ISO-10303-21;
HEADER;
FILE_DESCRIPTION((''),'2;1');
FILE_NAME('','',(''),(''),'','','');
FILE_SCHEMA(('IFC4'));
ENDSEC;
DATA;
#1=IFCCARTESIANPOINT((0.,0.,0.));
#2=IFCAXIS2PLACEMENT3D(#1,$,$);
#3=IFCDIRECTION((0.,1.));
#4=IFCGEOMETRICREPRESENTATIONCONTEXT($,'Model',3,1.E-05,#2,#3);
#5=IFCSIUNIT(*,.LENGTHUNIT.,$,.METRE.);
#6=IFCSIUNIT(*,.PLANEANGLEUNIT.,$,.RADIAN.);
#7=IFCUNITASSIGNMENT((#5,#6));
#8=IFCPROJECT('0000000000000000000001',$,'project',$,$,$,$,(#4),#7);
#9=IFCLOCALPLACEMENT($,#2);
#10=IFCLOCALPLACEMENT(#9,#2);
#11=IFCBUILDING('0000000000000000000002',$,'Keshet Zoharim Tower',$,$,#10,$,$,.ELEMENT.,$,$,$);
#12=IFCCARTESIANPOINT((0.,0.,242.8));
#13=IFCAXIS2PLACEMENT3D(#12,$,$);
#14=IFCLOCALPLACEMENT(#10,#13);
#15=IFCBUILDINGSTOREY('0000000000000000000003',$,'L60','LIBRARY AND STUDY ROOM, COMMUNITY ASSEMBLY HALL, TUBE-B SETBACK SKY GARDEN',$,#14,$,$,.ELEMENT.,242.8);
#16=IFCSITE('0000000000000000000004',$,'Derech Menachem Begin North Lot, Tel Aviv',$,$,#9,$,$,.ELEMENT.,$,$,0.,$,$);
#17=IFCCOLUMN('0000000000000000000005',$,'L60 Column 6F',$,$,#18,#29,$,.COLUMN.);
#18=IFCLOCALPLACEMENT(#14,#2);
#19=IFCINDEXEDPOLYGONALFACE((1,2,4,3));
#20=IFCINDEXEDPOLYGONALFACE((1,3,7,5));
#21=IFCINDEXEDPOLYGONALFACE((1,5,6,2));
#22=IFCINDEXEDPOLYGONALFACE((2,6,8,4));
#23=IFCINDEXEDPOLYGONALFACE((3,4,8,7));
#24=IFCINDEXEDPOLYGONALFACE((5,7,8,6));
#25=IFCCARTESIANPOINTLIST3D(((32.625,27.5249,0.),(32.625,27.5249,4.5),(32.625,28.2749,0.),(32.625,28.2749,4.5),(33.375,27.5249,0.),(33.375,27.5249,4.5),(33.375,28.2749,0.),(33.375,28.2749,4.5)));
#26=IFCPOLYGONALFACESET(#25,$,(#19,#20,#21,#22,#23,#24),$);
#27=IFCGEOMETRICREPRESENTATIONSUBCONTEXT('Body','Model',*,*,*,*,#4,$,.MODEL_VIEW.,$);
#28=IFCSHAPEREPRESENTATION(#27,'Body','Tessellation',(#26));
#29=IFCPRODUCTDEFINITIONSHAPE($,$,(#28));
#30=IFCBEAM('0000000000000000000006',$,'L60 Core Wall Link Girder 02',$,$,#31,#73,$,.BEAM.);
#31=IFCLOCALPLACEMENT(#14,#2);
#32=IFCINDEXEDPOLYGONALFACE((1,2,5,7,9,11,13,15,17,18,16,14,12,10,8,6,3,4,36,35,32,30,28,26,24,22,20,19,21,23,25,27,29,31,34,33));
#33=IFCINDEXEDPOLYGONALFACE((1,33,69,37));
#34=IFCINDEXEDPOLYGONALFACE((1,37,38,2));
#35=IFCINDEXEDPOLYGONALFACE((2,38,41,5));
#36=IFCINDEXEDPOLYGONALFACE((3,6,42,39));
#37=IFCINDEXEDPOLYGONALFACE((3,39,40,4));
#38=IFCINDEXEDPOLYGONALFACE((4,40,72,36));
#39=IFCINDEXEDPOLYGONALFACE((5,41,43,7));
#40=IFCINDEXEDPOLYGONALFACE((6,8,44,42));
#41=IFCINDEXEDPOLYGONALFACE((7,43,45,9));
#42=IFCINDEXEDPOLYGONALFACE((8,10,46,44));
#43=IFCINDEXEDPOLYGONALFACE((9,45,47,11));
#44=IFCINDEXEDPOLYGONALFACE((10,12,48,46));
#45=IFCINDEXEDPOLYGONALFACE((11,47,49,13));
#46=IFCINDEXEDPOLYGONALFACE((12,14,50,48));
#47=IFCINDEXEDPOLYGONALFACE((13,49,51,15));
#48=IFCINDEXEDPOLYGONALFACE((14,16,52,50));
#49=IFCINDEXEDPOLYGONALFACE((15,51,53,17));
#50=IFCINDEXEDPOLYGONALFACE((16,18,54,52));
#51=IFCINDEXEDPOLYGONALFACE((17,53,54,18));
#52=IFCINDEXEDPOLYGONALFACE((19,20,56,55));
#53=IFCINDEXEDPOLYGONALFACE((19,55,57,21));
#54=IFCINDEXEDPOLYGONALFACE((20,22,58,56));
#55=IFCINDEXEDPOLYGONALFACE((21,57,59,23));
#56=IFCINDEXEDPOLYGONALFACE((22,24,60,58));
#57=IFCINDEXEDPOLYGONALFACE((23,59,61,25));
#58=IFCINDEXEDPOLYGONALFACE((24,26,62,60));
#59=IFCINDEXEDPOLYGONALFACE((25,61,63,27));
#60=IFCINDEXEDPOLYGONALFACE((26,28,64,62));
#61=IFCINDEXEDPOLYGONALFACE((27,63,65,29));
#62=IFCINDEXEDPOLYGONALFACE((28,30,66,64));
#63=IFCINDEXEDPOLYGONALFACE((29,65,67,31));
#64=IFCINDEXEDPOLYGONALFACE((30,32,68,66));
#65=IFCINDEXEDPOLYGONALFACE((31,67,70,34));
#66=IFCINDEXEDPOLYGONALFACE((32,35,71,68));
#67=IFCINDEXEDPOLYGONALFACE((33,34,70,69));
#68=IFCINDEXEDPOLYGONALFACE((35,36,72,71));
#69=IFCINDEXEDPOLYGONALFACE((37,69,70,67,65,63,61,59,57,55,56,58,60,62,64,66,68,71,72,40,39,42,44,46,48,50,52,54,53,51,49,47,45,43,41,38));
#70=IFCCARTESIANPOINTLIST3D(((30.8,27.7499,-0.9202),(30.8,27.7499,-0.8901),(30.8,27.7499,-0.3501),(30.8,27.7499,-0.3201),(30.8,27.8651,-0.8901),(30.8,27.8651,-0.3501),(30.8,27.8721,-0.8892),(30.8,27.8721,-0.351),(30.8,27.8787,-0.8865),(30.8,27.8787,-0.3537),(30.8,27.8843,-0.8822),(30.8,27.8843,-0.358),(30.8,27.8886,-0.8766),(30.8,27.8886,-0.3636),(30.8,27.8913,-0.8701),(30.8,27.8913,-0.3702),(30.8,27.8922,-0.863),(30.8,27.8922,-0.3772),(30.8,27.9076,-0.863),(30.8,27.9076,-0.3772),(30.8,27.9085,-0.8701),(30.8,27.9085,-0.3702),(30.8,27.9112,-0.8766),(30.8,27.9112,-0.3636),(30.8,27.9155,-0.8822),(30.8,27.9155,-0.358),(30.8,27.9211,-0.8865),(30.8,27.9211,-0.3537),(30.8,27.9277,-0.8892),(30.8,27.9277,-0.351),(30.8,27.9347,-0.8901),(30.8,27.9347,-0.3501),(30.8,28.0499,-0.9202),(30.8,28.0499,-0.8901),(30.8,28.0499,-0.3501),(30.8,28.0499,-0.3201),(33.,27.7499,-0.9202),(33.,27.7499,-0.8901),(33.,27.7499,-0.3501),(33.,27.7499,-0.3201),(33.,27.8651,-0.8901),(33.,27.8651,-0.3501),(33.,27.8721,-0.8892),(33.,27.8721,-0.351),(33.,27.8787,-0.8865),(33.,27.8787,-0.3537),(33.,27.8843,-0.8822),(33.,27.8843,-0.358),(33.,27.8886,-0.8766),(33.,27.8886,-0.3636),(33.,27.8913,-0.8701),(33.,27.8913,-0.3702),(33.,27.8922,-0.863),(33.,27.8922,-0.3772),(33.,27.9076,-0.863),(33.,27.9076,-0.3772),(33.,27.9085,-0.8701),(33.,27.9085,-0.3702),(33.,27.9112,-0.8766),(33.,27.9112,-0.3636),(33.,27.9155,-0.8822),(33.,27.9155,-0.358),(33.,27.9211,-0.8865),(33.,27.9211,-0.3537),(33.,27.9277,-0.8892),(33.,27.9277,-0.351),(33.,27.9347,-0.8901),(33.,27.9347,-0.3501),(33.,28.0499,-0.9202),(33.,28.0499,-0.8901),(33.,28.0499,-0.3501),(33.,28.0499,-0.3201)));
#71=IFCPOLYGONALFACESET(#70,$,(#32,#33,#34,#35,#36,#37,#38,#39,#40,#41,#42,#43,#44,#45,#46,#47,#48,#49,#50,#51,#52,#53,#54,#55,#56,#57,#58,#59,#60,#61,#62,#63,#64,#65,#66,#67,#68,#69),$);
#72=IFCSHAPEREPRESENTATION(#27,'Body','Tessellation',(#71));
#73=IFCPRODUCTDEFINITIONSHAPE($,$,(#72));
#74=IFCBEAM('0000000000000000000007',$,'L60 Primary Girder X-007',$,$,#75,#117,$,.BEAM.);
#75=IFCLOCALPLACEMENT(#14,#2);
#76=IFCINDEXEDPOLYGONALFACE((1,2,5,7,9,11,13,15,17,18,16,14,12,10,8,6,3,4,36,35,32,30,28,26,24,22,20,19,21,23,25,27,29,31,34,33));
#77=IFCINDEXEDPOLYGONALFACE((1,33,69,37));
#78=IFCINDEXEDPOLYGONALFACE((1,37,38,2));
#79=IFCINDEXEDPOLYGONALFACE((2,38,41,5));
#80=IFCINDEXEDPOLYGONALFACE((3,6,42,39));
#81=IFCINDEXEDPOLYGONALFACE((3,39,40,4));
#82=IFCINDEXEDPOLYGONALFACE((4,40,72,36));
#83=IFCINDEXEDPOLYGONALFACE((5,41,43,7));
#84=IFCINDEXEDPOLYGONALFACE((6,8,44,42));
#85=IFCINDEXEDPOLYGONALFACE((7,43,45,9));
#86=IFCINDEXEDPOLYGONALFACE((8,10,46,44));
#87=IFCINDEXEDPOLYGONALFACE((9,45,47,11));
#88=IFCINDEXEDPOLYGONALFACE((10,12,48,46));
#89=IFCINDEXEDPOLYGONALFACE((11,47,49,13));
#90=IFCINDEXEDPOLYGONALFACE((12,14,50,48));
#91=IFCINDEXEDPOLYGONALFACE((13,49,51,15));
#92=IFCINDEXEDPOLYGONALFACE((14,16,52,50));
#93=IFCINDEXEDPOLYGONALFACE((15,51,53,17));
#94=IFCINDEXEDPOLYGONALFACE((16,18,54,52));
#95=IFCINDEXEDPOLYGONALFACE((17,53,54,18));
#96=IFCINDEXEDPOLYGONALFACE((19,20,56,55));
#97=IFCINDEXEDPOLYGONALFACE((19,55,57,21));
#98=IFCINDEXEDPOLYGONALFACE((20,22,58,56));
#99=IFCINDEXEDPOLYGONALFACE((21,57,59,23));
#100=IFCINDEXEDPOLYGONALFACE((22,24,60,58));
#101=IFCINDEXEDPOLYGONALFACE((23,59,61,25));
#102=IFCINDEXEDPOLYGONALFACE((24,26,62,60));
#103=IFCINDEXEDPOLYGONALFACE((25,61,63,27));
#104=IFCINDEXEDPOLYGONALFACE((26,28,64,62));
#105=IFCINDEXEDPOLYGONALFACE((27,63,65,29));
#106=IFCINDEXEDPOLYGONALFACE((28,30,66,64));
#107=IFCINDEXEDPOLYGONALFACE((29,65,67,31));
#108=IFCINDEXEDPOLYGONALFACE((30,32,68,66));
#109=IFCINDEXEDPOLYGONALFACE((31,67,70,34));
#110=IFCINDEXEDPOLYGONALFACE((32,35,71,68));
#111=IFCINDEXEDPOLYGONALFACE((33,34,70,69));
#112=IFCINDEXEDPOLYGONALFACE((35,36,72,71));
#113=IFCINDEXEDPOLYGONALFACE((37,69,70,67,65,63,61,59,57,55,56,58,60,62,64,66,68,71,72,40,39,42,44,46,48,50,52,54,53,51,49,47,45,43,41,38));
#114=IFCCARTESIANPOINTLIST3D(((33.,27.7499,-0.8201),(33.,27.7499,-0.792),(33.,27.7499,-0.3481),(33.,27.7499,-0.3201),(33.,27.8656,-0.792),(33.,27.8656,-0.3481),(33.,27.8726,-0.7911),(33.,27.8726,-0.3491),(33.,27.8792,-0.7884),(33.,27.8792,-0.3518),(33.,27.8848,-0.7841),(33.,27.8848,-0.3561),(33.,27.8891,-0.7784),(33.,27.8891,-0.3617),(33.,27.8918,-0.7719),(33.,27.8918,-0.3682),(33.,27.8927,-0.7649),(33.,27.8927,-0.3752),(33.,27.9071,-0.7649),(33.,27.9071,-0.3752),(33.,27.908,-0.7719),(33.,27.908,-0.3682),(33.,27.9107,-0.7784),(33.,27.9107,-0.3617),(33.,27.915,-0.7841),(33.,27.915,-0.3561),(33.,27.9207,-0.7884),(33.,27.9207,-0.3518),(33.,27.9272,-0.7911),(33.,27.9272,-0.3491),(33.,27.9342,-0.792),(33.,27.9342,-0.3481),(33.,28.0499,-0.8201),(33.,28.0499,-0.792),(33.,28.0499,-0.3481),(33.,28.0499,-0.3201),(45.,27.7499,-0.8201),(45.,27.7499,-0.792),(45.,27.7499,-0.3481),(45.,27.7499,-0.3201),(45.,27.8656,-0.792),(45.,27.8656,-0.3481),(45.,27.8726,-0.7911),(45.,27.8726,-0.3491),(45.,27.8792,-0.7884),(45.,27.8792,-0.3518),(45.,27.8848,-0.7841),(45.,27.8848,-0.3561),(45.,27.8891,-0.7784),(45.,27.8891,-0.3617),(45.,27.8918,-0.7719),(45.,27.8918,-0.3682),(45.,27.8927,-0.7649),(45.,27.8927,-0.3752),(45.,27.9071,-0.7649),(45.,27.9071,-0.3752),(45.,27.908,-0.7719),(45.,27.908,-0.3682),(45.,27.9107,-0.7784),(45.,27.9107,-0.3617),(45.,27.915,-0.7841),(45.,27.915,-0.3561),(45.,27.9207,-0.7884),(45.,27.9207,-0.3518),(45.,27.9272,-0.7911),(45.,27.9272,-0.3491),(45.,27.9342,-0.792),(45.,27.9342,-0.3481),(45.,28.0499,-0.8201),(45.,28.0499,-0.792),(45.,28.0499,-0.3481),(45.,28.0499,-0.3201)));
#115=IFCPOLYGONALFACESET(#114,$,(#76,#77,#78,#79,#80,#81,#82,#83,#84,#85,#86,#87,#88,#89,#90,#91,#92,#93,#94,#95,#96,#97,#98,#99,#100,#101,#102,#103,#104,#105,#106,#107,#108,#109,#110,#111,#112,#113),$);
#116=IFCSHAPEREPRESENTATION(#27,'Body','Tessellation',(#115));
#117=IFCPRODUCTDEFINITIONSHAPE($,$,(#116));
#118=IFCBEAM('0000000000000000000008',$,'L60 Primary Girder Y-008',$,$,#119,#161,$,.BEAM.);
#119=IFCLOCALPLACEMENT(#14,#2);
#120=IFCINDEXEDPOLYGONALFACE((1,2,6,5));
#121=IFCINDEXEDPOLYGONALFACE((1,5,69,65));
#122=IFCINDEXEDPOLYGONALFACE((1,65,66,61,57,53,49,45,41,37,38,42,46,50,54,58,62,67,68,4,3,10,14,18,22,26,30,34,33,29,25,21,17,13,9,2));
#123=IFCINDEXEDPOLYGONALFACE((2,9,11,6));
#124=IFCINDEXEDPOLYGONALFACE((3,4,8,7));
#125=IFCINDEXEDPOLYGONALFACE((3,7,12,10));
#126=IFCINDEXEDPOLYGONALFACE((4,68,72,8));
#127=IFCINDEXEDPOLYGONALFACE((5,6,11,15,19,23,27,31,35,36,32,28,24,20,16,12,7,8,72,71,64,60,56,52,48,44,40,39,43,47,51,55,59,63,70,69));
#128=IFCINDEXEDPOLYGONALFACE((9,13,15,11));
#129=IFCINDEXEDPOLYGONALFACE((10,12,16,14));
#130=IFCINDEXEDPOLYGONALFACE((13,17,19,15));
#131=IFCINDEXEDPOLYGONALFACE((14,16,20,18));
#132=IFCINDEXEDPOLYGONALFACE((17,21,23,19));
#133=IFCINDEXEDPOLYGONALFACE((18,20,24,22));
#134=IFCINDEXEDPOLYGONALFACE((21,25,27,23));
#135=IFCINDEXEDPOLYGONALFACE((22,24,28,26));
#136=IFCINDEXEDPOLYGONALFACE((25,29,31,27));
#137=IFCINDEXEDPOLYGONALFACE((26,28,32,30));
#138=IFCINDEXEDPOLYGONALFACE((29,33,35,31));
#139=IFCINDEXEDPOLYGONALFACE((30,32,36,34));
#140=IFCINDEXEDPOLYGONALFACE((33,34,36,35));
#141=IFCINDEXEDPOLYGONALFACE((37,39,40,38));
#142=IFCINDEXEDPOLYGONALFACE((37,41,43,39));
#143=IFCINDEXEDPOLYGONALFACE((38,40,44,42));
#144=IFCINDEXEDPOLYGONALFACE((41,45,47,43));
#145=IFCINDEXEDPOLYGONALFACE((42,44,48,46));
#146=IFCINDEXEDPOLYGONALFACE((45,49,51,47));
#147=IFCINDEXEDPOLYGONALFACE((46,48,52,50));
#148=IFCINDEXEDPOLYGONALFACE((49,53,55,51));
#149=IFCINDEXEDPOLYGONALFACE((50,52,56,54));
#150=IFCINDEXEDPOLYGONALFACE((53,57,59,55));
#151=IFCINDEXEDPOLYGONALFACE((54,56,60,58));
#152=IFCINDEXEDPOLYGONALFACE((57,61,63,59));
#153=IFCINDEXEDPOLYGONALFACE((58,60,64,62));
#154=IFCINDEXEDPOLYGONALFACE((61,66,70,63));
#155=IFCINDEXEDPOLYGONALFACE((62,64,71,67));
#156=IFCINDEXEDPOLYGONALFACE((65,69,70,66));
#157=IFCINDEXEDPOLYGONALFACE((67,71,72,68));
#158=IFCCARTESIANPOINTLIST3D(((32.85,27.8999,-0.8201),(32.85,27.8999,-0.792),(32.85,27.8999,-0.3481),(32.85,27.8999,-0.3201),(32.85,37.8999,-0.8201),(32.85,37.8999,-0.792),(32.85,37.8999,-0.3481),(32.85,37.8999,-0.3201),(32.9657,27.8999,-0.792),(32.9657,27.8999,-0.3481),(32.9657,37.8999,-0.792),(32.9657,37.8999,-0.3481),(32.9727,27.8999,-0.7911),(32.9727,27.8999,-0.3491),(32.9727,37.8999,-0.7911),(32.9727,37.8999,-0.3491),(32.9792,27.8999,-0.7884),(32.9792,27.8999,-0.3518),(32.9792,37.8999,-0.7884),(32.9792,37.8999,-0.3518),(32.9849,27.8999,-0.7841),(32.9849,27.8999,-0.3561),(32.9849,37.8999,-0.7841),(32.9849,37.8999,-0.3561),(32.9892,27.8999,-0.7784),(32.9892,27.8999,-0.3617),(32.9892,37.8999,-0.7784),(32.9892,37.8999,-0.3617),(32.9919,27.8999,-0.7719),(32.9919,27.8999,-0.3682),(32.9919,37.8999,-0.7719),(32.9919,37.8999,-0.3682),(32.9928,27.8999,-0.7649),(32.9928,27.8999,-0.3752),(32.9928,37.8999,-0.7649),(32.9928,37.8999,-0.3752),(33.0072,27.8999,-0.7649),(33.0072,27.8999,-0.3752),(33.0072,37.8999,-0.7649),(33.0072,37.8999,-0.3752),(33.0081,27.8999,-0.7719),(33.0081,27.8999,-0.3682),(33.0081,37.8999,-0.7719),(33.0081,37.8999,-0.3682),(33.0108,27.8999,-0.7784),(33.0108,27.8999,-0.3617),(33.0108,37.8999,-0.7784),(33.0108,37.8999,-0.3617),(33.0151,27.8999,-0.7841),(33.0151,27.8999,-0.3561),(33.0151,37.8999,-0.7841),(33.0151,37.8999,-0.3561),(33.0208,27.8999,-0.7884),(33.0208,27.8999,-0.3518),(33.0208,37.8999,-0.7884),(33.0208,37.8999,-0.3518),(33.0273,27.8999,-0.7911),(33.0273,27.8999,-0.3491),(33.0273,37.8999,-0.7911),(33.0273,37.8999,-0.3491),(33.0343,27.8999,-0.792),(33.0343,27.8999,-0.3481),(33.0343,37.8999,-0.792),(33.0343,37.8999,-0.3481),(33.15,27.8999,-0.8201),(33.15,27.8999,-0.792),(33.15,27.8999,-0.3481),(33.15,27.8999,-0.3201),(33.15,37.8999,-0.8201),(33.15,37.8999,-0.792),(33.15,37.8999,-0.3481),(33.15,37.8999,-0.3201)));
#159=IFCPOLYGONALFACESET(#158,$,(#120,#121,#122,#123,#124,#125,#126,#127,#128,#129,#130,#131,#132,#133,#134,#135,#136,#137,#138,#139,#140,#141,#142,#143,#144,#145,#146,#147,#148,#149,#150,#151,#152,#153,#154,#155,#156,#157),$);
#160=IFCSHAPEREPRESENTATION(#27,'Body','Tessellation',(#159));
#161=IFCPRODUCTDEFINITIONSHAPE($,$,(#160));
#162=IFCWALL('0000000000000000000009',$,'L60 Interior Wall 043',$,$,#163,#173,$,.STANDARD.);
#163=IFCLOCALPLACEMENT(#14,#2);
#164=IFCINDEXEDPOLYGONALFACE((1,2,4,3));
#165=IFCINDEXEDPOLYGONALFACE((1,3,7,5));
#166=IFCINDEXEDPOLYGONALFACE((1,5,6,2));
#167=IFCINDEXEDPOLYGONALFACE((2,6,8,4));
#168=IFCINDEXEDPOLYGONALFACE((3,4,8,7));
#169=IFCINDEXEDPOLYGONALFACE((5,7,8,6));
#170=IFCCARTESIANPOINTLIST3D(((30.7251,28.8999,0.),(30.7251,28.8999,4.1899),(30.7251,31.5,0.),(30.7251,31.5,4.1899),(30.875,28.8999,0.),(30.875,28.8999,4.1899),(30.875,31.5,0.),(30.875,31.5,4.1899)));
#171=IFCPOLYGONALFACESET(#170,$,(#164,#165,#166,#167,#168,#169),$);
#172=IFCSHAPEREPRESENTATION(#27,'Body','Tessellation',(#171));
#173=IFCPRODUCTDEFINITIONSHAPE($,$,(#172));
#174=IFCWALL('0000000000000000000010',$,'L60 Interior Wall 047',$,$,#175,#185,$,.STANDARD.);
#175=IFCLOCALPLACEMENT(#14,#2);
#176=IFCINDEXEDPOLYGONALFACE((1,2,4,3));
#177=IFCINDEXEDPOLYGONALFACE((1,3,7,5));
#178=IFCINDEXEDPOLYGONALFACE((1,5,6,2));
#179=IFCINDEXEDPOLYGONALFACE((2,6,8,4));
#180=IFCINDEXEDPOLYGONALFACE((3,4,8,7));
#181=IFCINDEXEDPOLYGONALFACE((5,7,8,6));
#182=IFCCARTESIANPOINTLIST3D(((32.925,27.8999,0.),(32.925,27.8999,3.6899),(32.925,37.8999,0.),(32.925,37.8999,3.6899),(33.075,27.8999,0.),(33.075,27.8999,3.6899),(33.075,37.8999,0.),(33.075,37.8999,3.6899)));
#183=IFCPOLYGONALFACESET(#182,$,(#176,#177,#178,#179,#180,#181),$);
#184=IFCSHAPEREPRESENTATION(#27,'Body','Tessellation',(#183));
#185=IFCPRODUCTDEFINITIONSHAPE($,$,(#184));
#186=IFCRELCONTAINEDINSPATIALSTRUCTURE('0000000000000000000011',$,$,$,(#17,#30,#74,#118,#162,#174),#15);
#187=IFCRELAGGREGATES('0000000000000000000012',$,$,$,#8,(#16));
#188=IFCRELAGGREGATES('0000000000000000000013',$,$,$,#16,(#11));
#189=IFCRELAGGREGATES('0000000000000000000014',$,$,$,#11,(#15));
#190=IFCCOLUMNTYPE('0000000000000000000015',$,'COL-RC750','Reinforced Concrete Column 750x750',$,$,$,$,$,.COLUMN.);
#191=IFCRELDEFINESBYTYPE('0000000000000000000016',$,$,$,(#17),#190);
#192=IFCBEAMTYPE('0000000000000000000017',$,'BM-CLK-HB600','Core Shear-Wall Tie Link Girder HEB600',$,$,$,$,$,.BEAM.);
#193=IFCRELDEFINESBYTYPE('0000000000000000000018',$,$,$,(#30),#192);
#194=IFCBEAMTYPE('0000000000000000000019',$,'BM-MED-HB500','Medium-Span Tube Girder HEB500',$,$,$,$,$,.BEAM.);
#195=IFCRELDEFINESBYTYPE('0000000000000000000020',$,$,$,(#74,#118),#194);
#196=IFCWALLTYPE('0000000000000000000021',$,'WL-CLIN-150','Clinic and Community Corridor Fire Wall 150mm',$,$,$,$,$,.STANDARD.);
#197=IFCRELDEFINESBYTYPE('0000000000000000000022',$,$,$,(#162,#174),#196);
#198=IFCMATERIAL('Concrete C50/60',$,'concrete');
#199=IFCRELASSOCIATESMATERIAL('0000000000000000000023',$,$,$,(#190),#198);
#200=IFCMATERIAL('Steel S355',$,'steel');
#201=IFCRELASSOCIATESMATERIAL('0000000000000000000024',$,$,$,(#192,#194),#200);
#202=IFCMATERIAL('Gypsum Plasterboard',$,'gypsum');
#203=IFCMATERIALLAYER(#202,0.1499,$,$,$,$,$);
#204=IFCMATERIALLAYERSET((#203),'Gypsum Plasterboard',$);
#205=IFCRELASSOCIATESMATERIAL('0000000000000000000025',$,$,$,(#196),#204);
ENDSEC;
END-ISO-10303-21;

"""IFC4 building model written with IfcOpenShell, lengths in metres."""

from ifc_helpers import new_model, si_unit, direction, frame, frame_2d, origin, origin_2d, place, context, subcontext, project, spatial, rectangle, i_section, extrude, material, layer, layer_set, material_profile, profile_set, type_object, element, save


model = new_model("IFC4")

# Units and contexts
model_context = context("Model", 3, precision=1e-05, world=origin(), true_north=direction((0.0, 1.0)))
body_context = subcontext(model_context, "Body", "Model", "MODEL_VIEW")
ifc_project = project(units=[si_unit("LENGTHUNIT", "METRE"), si_unit("PLANEANGLEUNIT", "RADIAN")], contexts=[model_context])

# Site, building, storey
site_placement = place(None, origin())
site = spatial("IfcSite", under=ifc_project, at=site_placement, Name="Derech Menachem Begin North Lot, Tel Aviv", CompositionType="ELEMENT", RefElevation=0.0)
building_placement = place(site_placement, origin())
building = spatial("IfcBuilding", under=site, at=building_placement, Name="Keshet Zoharim Tower", CompositionType="ELEMENT")
storey_placement = place(building_placement, frame((0.0, 0.0, 242.8)))
storey = spatial("IfcBuildingStorey", under=building, at=storey_placement, Name="L60", Description="LIBRARY AND STUDY ROOM, COMMUNITY ASSEMBLY HALL, TUBE-B SETBACK SKY GARDEN", CompositionType="ELEMENT", Elevation=242.8)

# Column
ifc_material_1 = material(Name="Concrete C50/60", Category="concrete")
ifc_material_profile_1 = material_profile(ifc_material_1, rectangle(XDim=0.75, YDim=0.75, at=origin_2d()), Name="RC750x750")
ifc_profile_set_1 = profile_set([ifc_material_profile_1], Name="Concrete C50/60")
column_type = type_object("IfcColumnType", Name="COL-RC750", Description="Reinforced Concrete Column 750x750", PredefinedType="COLUMN", material=ifc_profile_set_1)
column_placement = place(storey_placement, frame((33.0, 27.8999, 0.0), z_axis=(0.0, 0.0, 1.0), x_axis=(1.0, 0.0, 0.0)))
element("IfcColumn", 1, at=column_placement, inside=storey, type_object=column_type, Name="L60 Column 6F", PredefinedType="COLUMN", context=body_context, shape_type="SweptSolid", body=[
    extrude(rectangle(XDim=0.75, YDim=0.75, at=origin_2d()), origin(), (0.0, 0.0, 1.0), 4.5),
])

# Beams
ifc_material_2 = material(Name="Steel S355", Category="steel")
ifc_material_profile_2 = material_profile(ifc_material_2, i_section(OverallWidth=0.3, OverallDepth=0.6001, WebThickness=0.0154, FlangeThickness=0.03, FilletRadius=0.0271, at=origin_2d()), Name="HEB600")
ifc_profile_set_2 = profile_set([ifc_material_profile_2], Name="Steel S355")
beam_type_1 = type_object("IfcBeamType", Name="BM-CLK-HB600", Description="Core Shear-Wall Tie Link Girder HEB600", PredefinedType="BEAM", material=ifc_profile_set_2)
beam_1_placement = place(storey_placement, frame((30.8, 27.8999, -0.6201), z_axis=(1.0, 0.0, 0.0), x_axis=(0.0, 1.0, 0.0)))
element("IfcBeam", 2, at=beam_1_placement, inside=storey, type_object=beam_type_1, Name="L60 Core Wall Link Girder 02", PredefinedType="BEAM", context=body_context, shape_type="SweptSolid", body=[
    extrude(i_section(OverallWidth=0.3, OverallDepth=0.6001, WebThickness=0.0154, FlangeThickness=0.03, FilletRadius=0.0271, at=origin_2d()), origin(), (0.0, 0.0, 1.0), 2.2),
])
ifc_material_profile_3 = material_profile(ifc_material_2, i_section(OverallWidth=0.3, OverallDepth=0.5, WebThickness=0.0144, FlangeThickness=0.0281, FilletRadius=0.0271, at=origin_2d()), Name="HEB500")
ifc_profile_set_3 = profile_set([ifc_material_profile_3], Name="Steel S355")
beam_type_2 = type_object("IfcBeamType", Name="BM-MED-HB500", Description="Medium-Span Tube Girder HEB500", PredefinedType="BEAM", material=ifc_profile_set_3)
beam_2_placement = place(storey_placement, frame((33.0, 27.8999, -0.5701), z_axis=(1.0, 0.0, 0.0), x_axis=(0.0, 1.0, 0.0)))
element("IfcBeam", 3, at=beam_2_placement, inside=storey, type_object=beam_type_2, Name="L60 Primary Girder X-007", PredefinedType="BEAM", context=body_context, shape_type="SweptSolid", body=[
    extrude(i_section(OverallWidth=0.3, OverallDepth=0.5, WebThickness=0.0144, FlangeThickness=0.0281, FilletRadius=0.0271, at=origin_2d()), origin(), (0.0, 0.0, 1.0), 12.0),
])
beam_3_placement = place(storey_placement, frame((33.0, 27.8999, -0.5701), z_axis=(0.0, 1.0, 0.0), x_axis=(-1.0, 0.0, 0.0)))
element("IfcBeam", 4, at=beam_3_placement, inside=storey, type_object=beam_type_2, Name="L60 Primary Girder Y-008", PredefinedType="BEAM", context=body_context, shape_type="SweptSolid", body=[
    extrude(i_section(OverallWidth=0.3, OverallDepth=0.5, WebThickness=0.0144, FlangeThickness=0.0281, FilletRadius=0.0271, at=origin_2d()), origin(), (0.0, 0.0, 1.0), 10.0),
])

# Walls
ifc_material_3 = material(Name="Gypsum Plasterboard", Category="gypsum")
ifc_layer_1 = layer(ifc_material_3, 0.1499)
ifc_layer_set_1 = layer_set([ifc_layer_1], Name="Gypsum Plasterboard")
wall_type_1 = type_object("IfcWallType", Name="WL-CLIN-150", Description="Clinic and Community Corridor Fire Wall 150mm", PredefinedType="STANDARD", material=ifc_layer_set_1)
wall_1_placement = place(storey_placement, frame((30.8, 28.8999, 0.0), z_axis=(0.0, 0.0, 1.0), x_axis=(0.0, 1.0, 0.0)))
element("IfcWall", 5, at=wall_1_placement, inside=storey, type_object=wall_type_1, Name="L60 Interior Wall 043", PredefinedType="STANDARD", context=body_context, shape_type="SweptSolid", body=[
    extrude(rectangle(XDim=2.6001, YDim=0.1499, at=frame_2d((1.3, 0.0))), origin(), (0.0, 0.0, 1.0), 4.1899),
])
wall_2_placement = place(storey_placement, frame((33.0, 27.8999, 0.0), z_axis=(0.0, 0.0, 1.0), x_axis=(0.0, 1.0, 0.0)))
element("IfcWall", 6, at=wall_2_placement, inside=storey, type_object=wall_type_1, Name="L60 Interior Wall 047", PredefinedType="STANDARD", context=body_context, shape_type="SweptSolid", body=[
    extrude(rectangle(XDim=10.0, YDim=0.1499, at=frame_2d((5.0, 0.0))), origin(), (0.0, 0.0, 1.0), 3.6899),
])

save(model, "model.ifc")
